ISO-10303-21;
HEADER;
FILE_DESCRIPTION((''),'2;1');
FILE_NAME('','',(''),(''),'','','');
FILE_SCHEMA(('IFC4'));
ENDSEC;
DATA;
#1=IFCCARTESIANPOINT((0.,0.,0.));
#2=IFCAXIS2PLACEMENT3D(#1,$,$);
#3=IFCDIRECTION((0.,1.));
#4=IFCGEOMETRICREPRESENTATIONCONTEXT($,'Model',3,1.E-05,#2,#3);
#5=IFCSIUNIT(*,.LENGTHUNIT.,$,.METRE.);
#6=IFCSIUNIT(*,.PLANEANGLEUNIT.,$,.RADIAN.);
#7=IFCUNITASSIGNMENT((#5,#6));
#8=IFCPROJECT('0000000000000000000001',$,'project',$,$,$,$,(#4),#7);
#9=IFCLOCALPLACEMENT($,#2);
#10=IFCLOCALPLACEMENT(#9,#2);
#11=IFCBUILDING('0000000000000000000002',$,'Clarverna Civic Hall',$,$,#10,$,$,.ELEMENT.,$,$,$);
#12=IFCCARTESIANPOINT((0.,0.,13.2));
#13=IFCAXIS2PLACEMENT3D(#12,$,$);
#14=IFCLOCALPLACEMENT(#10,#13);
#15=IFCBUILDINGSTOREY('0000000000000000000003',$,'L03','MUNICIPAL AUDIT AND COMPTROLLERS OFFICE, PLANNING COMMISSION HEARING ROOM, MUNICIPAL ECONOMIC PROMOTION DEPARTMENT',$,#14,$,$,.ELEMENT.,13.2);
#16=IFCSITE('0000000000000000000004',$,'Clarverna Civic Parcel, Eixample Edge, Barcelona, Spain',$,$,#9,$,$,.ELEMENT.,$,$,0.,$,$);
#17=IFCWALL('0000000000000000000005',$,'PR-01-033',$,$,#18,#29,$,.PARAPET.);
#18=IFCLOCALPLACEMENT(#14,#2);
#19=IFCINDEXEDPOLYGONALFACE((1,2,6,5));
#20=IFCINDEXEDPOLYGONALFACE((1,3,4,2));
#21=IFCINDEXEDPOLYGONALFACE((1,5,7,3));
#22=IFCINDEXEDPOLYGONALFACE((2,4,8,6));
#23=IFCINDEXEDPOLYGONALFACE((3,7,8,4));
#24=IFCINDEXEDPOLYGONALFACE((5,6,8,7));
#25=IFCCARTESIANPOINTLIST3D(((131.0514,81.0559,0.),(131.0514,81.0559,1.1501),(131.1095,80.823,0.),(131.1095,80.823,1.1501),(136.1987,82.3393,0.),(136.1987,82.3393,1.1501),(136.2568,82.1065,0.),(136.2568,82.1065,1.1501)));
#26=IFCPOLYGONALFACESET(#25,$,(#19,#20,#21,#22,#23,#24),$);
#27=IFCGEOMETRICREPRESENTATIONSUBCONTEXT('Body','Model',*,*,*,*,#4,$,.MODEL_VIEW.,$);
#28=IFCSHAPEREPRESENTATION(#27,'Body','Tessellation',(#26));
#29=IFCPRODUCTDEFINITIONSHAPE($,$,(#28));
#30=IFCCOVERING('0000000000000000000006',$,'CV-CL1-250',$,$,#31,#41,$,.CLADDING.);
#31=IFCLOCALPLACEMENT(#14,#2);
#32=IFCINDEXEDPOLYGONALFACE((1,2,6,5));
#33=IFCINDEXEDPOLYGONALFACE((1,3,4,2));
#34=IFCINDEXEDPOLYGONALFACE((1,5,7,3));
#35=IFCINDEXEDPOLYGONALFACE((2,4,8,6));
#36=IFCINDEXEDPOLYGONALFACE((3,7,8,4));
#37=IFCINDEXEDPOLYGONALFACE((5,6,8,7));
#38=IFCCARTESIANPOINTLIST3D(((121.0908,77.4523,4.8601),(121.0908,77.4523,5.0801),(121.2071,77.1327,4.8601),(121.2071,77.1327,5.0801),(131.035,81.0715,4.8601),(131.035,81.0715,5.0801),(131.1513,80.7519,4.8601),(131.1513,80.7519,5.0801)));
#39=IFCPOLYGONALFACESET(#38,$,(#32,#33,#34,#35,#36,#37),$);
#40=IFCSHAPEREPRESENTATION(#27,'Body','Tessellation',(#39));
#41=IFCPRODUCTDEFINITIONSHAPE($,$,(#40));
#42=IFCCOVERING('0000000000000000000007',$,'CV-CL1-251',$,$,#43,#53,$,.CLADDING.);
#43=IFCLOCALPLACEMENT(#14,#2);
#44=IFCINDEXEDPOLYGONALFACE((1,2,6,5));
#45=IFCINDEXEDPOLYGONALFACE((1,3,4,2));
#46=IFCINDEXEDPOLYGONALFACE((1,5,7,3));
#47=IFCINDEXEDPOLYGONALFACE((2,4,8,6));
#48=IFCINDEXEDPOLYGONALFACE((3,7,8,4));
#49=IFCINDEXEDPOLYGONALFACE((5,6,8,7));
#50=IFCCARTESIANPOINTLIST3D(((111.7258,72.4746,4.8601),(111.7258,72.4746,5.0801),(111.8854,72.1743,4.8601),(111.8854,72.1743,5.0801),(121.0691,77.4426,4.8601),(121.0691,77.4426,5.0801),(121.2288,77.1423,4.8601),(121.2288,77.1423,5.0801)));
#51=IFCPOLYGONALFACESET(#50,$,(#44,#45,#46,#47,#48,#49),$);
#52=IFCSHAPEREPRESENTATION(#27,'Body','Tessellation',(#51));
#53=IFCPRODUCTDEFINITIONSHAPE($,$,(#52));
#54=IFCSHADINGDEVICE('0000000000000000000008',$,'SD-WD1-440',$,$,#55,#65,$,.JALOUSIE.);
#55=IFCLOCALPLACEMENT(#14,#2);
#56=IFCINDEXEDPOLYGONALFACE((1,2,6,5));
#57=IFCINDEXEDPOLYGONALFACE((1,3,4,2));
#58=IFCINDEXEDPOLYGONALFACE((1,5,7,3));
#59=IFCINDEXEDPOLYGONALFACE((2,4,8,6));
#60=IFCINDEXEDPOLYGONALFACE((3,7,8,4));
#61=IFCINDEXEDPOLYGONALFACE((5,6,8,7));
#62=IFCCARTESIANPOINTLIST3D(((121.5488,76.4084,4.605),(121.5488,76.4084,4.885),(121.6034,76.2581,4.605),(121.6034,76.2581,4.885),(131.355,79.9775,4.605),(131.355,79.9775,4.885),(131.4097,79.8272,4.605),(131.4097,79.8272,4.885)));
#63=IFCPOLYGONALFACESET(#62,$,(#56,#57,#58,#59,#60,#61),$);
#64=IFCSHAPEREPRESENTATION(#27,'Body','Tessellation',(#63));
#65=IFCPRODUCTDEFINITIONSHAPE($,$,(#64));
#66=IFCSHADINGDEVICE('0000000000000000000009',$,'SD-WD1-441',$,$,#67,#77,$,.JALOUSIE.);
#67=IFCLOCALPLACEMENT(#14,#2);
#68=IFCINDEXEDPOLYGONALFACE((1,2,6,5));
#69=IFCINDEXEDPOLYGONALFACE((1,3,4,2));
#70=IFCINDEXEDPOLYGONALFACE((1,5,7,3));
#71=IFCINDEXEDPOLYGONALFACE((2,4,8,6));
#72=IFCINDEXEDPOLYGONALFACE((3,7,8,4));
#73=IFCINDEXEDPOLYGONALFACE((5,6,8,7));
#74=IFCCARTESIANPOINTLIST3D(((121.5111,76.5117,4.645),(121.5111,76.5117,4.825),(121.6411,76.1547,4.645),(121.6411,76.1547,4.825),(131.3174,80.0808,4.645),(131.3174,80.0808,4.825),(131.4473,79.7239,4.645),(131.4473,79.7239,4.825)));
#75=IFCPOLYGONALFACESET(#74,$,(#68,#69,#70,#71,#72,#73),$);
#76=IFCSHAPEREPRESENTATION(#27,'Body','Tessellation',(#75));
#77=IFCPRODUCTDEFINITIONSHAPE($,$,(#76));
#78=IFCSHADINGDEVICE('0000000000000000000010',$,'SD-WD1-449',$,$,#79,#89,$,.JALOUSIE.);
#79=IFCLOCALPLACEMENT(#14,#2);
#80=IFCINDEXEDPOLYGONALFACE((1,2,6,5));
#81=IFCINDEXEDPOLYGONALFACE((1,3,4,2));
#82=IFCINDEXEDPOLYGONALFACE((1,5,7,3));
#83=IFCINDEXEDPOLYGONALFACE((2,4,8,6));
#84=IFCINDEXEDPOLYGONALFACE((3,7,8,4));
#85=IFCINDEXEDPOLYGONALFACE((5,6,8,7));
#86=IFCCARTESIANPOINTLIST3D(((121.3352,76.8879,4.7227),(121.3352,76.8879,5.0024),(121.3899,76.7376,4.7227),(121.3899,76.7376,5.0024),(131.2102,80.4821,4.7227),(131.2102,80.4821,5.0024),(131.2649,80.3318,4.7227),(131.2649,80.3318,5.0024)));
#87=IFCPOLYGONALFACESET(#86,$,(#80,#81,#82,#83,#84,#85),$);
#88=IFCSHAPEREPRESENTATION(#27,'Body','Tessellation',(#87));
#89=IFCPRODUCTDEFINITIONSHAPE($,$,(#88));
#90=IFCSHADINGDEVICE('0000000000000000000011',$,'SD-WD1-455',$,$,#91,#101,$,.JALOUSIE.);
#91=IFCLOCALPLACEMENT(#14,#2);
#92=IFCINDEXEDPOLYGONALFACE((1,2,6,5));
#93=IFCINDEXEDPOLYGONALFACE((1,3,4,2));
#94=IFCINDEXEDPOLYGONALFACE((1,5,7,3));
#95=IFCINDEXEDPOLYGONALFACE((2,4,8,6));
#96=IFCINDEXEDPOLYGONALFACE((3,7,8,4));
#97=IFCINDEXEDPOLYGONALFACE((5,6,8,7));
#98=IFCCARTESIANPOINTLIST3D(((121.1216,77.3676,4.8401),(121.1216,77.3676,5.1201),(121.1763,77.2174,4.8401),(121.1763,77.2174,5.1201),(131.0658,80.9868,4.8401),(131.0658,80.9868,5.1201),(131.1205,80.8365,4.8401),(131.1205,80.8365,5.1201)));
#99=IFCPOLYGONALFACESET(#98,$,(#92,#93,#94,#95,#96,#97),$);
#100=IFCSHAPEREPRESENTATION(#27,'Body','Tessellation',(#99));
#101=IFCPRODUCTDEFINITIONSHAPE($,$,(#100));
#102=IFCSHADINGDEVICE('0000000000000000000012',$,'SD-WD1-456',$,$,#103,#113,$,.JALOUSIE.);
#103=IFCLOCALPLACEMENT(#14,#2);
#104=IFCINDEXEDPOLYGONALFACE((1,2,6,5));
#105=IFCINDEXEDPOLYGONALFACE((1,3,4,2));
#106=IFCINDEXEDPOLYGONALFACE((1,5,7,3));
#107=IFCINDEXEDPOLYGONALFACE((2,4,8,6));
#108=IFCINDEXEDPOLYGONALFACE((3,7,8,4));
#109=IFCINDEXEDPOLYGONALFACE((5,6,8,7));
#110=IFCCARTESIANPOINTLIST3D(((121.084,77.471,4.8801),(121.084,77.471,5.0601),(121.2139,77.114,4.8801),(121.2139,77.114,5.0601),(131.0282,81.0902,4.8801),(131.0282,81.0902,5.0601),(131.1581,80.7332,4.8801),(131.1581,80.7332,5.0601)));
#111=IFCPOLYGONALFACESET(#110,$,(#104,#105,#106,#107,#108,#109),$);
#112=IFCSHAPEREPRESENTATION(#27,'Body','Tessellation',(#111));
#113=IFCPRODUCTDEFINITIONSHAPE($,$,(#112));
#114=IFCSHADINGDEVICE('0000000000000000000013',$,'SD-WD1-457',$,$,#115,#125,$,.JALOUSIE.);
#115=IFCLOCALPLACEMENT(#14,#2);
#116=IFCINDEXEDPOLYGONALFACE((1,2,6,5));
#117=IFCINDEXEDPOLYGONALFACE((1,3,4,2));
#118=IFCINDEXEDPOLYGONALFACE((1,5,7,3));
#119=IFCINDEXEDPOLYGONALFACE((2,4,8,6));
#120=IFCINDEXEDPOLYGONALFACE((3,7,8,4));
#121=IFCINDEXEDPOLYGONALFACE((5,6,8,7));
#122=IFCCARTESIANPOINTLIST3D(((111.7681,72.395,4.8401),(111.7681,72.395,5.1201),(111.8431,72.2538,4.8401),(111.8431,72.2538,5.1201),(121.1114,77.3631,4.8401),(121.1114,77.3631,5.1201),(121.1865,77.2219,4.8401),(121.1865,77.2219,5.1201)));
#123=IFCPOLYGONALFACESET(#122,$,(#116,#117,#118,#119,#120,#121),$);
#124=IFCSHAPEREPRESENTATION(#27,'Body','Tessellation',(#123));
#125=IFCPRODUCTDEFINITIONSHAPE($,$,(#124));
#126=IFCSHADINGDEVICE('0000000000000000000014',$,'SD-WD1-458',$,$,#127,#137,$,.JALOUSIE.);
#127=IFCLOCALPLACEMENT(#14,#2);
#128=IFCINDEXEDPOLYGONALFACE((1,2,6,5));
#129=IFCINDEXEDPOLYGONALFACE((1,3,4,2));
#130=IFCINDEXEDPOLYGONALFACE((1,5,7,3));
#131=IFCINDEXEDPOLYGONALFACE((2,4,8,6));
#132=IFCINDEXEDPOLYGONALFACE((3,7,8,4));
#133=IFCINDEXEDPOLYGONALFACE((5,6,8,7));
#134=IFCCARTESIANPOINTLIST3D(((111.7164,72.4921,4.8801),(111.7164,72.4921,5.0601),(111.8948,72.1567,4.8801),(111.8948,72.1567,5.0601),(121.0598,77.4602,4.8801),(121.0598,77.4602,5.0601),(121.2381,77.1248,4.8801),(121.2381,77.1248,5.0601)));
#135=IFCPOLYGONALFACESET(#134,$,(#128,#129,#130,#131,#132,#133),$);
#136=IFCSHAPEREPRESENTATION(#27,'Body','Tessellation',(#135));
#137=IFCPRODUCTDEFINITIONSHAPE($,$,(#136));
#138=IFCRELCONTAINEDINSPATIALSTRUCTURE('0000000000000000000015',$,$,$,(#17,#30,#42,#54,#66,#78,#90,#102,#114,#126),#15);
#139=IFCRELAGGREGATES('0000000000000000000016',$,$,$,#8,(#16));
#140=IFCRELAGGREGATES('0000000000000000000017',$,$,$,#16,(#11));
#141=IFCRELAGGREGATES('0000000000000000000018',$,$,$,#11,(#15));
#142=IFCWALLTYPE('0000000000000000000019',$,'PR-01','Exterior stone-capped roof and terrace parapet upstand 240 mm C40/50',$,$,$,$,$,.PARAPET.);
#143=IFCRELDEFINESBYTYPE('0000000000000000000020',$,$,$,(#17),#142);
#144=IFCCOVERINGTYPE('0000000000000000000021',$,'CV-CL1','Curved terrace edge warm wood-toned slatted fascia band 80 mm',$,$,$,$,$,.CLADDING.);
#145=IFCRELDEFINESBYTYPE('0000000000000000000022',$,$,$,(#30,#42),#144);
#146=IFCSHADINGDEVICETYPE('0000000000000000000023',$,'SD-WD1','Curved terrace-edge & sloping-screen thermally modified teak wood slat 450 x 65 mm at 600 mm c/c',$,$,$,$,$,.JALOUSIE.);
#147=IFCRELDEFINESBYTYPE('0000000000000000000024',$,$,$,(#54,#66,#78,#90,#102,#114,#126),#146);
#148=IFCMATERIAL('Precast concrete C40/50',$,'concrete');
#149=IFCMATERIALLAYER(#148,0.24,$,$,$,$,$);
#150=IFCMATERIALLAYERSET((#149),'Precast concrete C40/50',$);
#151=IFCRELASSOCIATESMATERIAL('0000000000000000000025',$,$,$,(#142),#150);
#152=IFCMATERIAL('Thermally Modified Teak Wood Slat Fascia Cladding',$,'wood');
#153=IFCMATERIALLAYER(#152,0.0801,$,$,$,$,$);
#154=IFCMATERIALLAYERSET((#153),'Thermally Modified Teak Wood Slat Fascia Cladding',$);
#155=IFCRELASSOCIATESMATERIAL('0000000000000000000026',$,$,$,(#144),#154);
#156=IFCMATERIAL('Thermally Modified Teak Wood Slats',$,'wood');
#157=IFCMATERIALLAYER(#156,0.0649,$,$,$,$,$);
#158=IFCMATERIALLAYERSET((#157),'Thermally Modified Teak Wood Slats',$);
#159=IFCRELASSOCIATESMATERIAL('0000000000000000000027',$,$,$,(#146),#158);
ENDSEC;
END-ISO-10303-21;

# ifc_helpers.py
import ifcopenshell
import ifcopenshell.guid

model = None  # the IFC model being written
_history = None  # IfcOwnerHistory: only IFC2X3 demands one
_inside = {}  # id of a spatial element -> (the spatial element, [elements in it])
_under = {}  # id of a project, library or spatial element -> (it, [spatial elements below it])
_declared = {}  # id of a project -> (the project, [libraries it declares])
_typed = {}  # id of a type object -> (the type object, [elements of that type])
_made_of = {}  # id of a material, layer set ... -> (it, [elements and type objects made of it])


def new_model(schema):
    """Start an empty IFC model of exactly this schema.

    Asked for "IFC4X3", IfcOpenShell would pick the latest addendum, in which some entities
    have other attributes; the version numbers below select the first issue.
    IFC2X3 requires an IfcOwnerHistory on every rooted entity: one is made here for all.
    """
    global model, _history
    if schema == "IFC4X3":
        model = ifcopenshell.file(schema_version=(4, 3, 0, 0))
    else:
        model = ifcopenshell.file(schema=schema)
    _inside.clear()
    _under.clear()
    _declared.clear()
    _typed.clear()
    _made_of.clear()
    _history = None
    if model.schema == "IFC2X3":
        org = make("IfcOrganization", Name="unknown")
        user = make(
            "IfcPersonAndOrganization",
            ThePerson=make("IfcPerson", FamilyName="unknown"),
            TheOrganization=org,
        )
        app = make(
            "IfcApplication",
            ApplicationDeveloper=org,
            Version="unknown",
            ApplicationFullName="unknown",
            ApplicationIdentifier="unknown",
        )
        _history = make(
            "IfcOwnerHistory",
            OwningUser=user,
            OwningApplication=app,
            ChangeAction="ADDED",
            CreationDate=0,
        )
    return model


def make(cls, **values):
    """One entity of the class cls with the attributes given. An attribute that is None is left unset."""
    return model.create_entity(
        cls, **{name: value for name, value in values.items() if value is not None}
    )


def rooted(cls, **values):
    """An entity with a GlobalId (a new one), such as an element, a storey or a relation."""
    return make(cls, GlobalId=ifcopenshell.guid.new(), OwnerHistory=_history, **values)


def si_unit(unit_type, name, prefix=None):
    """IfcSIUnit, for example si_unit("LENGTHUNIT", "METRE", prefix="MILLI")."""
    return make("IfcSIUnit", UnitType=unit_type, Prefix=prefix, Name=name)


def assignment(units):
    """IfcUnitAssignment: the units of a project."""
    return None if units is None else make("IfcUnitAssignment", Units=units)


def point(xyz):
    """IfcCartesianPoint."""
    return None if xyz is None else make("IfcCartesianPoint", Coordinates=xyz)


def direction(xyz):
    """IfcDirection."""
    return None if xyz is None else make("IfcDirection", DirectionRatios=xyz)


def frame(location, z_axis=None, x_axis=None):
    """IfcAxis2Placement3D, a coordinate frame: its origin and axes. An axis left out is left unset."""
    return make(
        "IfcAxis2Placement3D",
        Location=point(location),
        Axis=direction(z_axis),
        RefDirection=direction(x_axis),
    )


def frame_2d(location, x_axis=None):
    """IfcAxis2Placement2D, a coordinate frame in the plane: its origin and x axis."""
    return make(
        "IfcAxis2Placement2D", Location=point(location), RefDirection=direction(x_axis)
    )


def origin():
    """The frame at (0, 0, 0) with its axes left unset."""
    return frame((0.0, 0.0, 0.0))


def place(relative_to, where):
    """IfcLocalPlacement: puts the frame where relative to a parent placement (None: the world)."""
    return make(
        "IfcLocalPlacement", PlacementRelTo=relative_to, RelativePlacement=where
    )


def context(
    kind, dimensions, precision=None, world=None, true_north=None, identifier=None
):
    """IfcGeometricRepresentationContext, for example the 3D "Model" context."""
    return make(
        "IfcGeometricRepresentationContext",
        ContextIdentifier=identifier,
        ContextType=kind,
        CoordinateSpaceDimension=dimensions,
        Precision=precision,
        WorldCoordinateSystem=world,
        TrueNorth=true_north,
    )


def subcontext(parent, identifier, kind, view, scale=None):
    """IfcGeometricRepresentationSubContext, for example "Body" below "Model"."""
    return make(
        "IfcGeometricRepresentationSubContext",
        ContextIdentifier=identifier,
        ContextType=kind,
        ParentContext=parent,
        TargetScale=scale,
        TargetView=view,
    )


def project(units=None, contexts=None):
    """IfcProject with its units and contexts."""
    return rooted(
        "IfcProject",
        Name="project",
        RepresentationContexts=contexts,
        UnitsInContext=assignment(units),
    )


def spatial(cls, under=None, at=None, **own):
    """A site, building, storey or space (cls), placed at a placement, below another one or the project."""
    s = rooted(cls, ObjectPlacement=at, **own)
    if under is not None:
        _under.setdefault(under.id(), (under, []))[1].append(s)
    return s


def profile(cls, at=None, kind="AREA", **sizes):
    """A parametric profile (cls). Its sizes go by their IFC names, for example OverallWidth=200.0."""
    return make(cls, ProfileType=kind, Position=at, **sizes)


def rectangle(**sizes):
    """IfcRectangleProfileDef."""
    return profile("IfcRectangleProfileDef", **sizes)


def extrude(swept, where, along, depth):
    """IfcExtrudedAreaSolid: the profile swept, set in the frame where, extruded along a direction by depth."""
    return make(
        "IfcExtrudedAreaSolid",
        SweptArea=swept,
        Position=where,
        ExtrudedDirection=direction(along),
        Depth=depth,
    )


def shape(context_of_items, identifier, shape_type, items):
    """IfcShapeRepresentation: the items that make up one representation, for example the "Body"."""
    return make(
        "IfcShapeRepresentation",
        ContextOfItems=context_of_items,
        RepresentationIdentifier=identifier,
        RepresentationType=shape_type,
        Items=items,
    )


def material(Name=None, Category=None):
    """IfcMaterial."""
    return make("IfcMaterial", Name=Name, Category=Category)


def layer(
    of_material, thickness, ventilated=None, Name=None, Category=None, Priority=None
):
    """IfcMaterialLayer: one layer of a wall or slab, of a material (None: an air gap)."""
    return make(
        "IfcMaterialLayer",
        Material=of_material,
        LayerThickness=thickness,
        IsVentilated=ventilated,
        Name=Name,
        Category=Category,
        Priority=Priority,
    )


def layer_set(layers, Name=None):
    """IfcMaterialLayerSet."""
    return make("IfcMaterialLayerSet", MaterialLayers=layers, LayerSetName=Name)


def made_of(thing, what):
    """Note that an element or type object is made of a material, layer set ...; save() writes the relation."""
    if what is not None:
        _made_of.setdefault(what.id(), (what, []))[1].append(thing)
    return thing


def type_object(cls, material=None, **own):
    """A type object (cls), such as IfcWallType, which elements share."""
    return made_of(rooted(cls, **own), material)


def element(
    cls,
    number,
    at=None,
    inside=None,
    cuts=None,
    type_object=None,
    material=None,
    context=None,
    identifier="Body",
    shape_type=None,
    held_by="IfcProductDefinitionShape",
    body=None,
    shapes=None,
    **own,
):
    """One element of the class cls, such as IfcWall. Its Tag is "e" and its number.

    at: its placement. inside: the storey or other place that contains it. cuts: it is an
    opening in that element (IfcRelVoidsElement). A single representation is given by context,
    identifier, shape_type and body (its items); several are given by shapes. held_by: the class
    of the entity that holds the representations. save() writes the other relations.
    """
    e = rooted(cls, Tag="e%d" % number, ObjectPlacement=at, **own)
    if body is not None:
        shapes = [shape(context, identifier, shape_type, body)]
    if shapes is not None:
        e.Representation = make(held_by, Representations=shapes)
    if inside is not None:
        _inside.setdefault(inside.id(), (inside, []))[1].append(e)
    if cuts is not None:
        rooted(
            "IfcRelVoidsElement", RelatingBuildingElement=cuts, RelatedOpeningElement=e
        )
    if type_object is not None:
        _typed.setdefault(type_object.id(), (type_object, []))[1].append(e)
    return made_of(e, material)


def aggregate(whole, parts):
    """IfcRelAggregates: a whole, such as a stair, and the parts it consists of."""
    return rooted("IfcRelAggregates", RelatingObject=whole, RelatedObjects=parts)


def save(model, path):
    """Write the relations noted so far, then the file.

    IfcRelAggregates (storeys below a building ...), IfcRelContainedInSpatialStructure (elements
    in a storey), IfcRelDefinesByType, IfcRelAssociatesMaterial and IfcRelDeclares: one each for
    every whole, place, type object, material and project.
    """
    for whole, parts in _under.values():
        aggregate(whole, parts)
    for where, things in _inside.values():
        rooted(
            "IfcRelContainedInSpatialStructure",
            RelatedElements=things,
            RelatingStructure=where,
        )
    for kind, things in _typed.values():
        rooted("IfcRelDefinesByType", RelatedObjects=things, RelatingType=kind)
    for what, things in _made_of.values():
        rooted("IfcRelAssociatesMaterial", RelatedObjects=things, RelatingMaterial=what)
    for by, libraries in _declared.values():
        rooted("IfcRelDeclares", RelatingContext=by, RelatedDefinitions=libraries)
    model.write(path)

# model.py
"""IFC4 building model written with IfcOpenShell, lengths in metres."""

from ifc_helpers import new_model, si_unit, direction, frame, frame_2d, origin, place, context, subcontext, project, spatial, rectangle, extrude, material, layer, layer_set, type_object, element, save


model = new_model("IFC4")

# Units and contexts
model_context = context("Model", 3, precision=1e-05, world=origin(), true_north=direction((0.0, 1.0)))
body_context = subcontext(model_context, "Body", "Model", "MODEL_VIEW")
ifc_project = project(units=[si_unit("LENGTHUNIT", "METRE"), si_unit("PLANEANGLEUNIT", "RADIAN")], contexts=[model_context])

# Site, building, storey
site_placement = place(None, origin())
site = spatial("IfcSite", under=ifc_project, at=site_placement, Name="Clarverna Civic Parcel, Eixample Edge, Barcelona, Spain", CompositionType="ELEMENT", RefElevation=0.0)
building_placement = place(site_placement, origin())
building = spatial("IfcBuilding", under=site, at=building_placement, Name="Clarverna Civic Hall", CompositionType="ELEMENT")
storey_placement = place(building_placement, frame((0.0, 0.0, 13.2)))
storey = spatial("IfcBuildingStorey", under=building, at=storey_placement, Name="L03", Description="MUNICIPAL AUDIT AND COMPTROLLERS OFFICE, PLANNING COMMISSION HEARING ROOM, MUNICIPAL ECONOMIC PROMOTION DEPARTMENT", CompositionType="ELEMENT", Elevation=13.2)

# Wall
ifc_material_1 = material(Name="Precast concrete C40/50", Category="concrete")
ifc_layer_1 = layer(ifc_material_1, 0.24)
ifc_layer_set_1 = layer_set([ifc_layer_1], Name="Precast concrete C40/50")
wall_type = type_object("IfcWallType", Name="PR-01", Description="Exterior stone-capped roof and terrace parapet upstand 240 mm C40/50", PredefinedType="PARAPET", material=ifc_layer_set_1)
wall_placement = place(storey_placement, frame((131.0806, 80.9395, 0.0), z_axis=(0.0, 0.0, 1.0), x_axis=(0.970291, 0.24194, 0.0)))
element("IfcWall", 1, at=wall_placement, inside=storey, type_object=wall_type, Name="PR-01-033", PredefinedType="PARAPET", context=body_context, shape_type="SweptSolid", body=[
    extrude(rectangle(XDim=5.3049, YDim=0.24, at=frame_2d((2.6523, 0.0))), origin(), (0.0, 0.0, 1.0), 1.1501),
])

# Coverings
ifc_material_2 = material(Name="Thermally Modified Teak Wood Slat Fascia Cladding", Category="wood")
ifc_layer_2 = layer(ifc_material_2, 0.0801)
ifc_layer_set_2 = layer_set([ifc_layer_2], Name="Thermally Modified Teak Wood Slat Fascia Cladding")
covering_type = type_object("IfcCoveringType", Name="CV-CL1", Description="Curved terrace edge warm wood-toned slatted fascia band 80 mm", PredefinedType="CLADDING", material=ifc_layer_set_2)
covering_1_placement = place(storey_placement, frame((131.093, 80.9116, 4.8601), z_axis=(0.0, 0.0, 1.0), x_axis=(-0.939699, -0.342002, 0.0)))
element("IfcCovering", 2, at=covering_1_placement, inside=storey, type_object=covering_type, Name="CV-CL1-250", PredefinedType="CLADDING", context=body_context, shape_type="SweptSolid", body=[
    extrude(rectangle(XDim=10.5823, YDim=0.3401, at=frame_2d((5.291, 0.0))), origin(), (0.0, 0.0, 1.0), 0.22),
])
covering_2_placement = place(storey_placement, frame((121.1489, 77.2925, 4.8601), z_axis=(0.0, 0.0, 1.0), x_axis=(-0.882943, -0.46948, 0.0)))
element("IfcCovering", 3, at=covering_2_placement, inside=storey, type_object=covering_type, Name="CV-CL1-251", PredefinedType="CLADDING", context=body_context, shape_type="SweptSolid", body=[
    extrude(rectangle(XDim=10.582, YDim=0.3401, at=frame_2d((5.291, 0.0))), origin(), (0.0, 0.0, 1.0), 0.22),
])

# Shading devices
ifc_material_3 = material(Name="Thermally Modified Teak Wood Slats", Category="wood")
ifc_layer_3 = layer(ifc_material_3, 0.0649)
ifc_layer_set_3 = layer_set([ifc_layer_3], Name="Thermally Modified Teak Wood Slats")
shading_device_type = type_object("IfcShadingDeviceType", Name="SD-WD1", Description="Curved terrace-edge & sloping-screen thermally modified teak wood slat 450 x 65 mm at 600 mm c/c", PredefinedType="JALOUSIE", material=ifc_layer_set_3)
shading_device_1_placement = place(storey_placement, frame((131.3823, 79.9023, 4.605), z_axis=(0.0, 0.0, 1.0), x_axis=(-0.939694, -0.342015, 0.0)))
element("IfcShadingDevice", 4, at=shading_device_1_placement, inside=storey, type_object=shading_device_type, Name="SD-WD1-440", PredefinedType="JALOUSIE", context=body_context, shape_type="SweptSolid", body=[
    extrude(rectangle(XDim=10.4355, YDim=0.1599, at=frame_2d((5.2178, 0.0))), origin(), (0.0, 0.0, 1.0), 0.28),
])
shading_device_2_placement = place(storey_placement, frame((131.3823, 79.9023, 4.645), z_axis=(0.0, 0.0, 1.0), x_axis=(-0.939694, -0.342015, 0.0)))
element("IfcShadingDevice", 5, at=shading_device_2_placement, inside=storey, type_object=shading_device_type, Name="SD-WD1-441", PredefinedType="JALOUSIE", context=body_context, shape_type="SweptSolid", body=[
    extrude(rectangle(XDim=10.4355, YDim=0.3799, at=frame_2d((5.2178, 0.0))), origin(), (0.0, 0.0, 1.0), 0.1799),
])
shading_device_3_placement = place(storey_placement, frame((131.2375, 80.407, 4.7227), z_axis=(0.0, 0.0, 1.0), x_axis=(-0.939692, -0.342023, 0.0)))
element("IfcShadingDevice", 6, at=shading_device_3_placement, inside=storey, type_object=shading_device_type, Name="SD-WD1-449", PredefinedType="JALOUSIE", context=body_context, shape_type="SweptSolid", body=[
    extrude(rectangle(XDim=10.5088, YDim=0.1599, at=frame_2d((5.2544, 0.0))), origin(), (0.0, 0.0, 1.0), 0.2798),
])
shading_device_4_placement = place(storey_placement, frame((131.093, 80.9116, 4.8401), z_axis=(0.0, 0.0, 1.0), x_axis=(-0.939699, -0.342002, 0.0)))
element("IfcShadingDevice", 7, at=shading_device_4_placement, inside=storey, type_object=shading_device_type, Name="SD-WD1-455", PredefinedType="JALOUSIE", context=body_context, shape_type="SweptSolid", body=[
    extrude(rectangle(XDim=10.5823, YDim=0.1599, at=frame_2d((5.291, 0.0))), origin(), (0.0, 0.0, 1.0), 0.28),
])
shading_device_5_placement = place(storey_placement, frame((131.093, 80.9116, 4.8801), z_axis=(0.0, 0.0, 1.0), x_axis=(-0.939699, -0.342002, 0.0)))
element("IfcShadingDevice", 8, at=shading_device_5_placement, inside=storey, type_object=shading_device_type, Name="SD-WD1-456", PredefinedType="JALOUSIE", context=body_context, shape_type="SweptSolid", body=[
    extrude(rectangle(XDim=10.5823, YDim=0.3799, at=frame_2d((5.291, 0.0))), origin(), (0.0, 0.0, 1.0), 0.1799),
])
shading_device_6_placement = place(storey_placement, frame((121.1489, 77.2925, 4.8401), z_axis=(0.0, 0.0, 1.0), x_axis=(-0.882943, -0.46948, 0.0)))
element("IfcShadingDevice", 9, at=shading_device_6_placement, inside=storey, type_object=shading_device_type, Name="SD-WD1-457", PredefinedType="JALOUSIE", context=body_context, shape_type="SweptSolid", body=[
    extrude(rectangle(XDim=10.582, YDim=0.1599, at=frame_2d((5.291, 0.0))), origin(), (0.0, 0.0, 1.0), 0.28),
])
shading_device_7_placement = place(storey_placement, frame((121.1489, 77.2925, 4.8801), z_axis=(0.0, 0.0, 1.0), x_axis=(-0.882943, -0.46948, 0.0)))
element("IfcShadingDevice", 10, at=shading_device_7_placement, inside=storey, type_object=shading_device_type, Name="SD-WD1-458", PredefinedType="JALOUSIE", context=body_context, shape_type="SweptSolid", body=[
    extrude(rectangle(XDim=10.582, YDim=0.3799, at=frame_2d((5.291, 0.0))), origin(), (0.0, 0.0, 1.0), 0.1799),
])

save(model, "model.ifc")
